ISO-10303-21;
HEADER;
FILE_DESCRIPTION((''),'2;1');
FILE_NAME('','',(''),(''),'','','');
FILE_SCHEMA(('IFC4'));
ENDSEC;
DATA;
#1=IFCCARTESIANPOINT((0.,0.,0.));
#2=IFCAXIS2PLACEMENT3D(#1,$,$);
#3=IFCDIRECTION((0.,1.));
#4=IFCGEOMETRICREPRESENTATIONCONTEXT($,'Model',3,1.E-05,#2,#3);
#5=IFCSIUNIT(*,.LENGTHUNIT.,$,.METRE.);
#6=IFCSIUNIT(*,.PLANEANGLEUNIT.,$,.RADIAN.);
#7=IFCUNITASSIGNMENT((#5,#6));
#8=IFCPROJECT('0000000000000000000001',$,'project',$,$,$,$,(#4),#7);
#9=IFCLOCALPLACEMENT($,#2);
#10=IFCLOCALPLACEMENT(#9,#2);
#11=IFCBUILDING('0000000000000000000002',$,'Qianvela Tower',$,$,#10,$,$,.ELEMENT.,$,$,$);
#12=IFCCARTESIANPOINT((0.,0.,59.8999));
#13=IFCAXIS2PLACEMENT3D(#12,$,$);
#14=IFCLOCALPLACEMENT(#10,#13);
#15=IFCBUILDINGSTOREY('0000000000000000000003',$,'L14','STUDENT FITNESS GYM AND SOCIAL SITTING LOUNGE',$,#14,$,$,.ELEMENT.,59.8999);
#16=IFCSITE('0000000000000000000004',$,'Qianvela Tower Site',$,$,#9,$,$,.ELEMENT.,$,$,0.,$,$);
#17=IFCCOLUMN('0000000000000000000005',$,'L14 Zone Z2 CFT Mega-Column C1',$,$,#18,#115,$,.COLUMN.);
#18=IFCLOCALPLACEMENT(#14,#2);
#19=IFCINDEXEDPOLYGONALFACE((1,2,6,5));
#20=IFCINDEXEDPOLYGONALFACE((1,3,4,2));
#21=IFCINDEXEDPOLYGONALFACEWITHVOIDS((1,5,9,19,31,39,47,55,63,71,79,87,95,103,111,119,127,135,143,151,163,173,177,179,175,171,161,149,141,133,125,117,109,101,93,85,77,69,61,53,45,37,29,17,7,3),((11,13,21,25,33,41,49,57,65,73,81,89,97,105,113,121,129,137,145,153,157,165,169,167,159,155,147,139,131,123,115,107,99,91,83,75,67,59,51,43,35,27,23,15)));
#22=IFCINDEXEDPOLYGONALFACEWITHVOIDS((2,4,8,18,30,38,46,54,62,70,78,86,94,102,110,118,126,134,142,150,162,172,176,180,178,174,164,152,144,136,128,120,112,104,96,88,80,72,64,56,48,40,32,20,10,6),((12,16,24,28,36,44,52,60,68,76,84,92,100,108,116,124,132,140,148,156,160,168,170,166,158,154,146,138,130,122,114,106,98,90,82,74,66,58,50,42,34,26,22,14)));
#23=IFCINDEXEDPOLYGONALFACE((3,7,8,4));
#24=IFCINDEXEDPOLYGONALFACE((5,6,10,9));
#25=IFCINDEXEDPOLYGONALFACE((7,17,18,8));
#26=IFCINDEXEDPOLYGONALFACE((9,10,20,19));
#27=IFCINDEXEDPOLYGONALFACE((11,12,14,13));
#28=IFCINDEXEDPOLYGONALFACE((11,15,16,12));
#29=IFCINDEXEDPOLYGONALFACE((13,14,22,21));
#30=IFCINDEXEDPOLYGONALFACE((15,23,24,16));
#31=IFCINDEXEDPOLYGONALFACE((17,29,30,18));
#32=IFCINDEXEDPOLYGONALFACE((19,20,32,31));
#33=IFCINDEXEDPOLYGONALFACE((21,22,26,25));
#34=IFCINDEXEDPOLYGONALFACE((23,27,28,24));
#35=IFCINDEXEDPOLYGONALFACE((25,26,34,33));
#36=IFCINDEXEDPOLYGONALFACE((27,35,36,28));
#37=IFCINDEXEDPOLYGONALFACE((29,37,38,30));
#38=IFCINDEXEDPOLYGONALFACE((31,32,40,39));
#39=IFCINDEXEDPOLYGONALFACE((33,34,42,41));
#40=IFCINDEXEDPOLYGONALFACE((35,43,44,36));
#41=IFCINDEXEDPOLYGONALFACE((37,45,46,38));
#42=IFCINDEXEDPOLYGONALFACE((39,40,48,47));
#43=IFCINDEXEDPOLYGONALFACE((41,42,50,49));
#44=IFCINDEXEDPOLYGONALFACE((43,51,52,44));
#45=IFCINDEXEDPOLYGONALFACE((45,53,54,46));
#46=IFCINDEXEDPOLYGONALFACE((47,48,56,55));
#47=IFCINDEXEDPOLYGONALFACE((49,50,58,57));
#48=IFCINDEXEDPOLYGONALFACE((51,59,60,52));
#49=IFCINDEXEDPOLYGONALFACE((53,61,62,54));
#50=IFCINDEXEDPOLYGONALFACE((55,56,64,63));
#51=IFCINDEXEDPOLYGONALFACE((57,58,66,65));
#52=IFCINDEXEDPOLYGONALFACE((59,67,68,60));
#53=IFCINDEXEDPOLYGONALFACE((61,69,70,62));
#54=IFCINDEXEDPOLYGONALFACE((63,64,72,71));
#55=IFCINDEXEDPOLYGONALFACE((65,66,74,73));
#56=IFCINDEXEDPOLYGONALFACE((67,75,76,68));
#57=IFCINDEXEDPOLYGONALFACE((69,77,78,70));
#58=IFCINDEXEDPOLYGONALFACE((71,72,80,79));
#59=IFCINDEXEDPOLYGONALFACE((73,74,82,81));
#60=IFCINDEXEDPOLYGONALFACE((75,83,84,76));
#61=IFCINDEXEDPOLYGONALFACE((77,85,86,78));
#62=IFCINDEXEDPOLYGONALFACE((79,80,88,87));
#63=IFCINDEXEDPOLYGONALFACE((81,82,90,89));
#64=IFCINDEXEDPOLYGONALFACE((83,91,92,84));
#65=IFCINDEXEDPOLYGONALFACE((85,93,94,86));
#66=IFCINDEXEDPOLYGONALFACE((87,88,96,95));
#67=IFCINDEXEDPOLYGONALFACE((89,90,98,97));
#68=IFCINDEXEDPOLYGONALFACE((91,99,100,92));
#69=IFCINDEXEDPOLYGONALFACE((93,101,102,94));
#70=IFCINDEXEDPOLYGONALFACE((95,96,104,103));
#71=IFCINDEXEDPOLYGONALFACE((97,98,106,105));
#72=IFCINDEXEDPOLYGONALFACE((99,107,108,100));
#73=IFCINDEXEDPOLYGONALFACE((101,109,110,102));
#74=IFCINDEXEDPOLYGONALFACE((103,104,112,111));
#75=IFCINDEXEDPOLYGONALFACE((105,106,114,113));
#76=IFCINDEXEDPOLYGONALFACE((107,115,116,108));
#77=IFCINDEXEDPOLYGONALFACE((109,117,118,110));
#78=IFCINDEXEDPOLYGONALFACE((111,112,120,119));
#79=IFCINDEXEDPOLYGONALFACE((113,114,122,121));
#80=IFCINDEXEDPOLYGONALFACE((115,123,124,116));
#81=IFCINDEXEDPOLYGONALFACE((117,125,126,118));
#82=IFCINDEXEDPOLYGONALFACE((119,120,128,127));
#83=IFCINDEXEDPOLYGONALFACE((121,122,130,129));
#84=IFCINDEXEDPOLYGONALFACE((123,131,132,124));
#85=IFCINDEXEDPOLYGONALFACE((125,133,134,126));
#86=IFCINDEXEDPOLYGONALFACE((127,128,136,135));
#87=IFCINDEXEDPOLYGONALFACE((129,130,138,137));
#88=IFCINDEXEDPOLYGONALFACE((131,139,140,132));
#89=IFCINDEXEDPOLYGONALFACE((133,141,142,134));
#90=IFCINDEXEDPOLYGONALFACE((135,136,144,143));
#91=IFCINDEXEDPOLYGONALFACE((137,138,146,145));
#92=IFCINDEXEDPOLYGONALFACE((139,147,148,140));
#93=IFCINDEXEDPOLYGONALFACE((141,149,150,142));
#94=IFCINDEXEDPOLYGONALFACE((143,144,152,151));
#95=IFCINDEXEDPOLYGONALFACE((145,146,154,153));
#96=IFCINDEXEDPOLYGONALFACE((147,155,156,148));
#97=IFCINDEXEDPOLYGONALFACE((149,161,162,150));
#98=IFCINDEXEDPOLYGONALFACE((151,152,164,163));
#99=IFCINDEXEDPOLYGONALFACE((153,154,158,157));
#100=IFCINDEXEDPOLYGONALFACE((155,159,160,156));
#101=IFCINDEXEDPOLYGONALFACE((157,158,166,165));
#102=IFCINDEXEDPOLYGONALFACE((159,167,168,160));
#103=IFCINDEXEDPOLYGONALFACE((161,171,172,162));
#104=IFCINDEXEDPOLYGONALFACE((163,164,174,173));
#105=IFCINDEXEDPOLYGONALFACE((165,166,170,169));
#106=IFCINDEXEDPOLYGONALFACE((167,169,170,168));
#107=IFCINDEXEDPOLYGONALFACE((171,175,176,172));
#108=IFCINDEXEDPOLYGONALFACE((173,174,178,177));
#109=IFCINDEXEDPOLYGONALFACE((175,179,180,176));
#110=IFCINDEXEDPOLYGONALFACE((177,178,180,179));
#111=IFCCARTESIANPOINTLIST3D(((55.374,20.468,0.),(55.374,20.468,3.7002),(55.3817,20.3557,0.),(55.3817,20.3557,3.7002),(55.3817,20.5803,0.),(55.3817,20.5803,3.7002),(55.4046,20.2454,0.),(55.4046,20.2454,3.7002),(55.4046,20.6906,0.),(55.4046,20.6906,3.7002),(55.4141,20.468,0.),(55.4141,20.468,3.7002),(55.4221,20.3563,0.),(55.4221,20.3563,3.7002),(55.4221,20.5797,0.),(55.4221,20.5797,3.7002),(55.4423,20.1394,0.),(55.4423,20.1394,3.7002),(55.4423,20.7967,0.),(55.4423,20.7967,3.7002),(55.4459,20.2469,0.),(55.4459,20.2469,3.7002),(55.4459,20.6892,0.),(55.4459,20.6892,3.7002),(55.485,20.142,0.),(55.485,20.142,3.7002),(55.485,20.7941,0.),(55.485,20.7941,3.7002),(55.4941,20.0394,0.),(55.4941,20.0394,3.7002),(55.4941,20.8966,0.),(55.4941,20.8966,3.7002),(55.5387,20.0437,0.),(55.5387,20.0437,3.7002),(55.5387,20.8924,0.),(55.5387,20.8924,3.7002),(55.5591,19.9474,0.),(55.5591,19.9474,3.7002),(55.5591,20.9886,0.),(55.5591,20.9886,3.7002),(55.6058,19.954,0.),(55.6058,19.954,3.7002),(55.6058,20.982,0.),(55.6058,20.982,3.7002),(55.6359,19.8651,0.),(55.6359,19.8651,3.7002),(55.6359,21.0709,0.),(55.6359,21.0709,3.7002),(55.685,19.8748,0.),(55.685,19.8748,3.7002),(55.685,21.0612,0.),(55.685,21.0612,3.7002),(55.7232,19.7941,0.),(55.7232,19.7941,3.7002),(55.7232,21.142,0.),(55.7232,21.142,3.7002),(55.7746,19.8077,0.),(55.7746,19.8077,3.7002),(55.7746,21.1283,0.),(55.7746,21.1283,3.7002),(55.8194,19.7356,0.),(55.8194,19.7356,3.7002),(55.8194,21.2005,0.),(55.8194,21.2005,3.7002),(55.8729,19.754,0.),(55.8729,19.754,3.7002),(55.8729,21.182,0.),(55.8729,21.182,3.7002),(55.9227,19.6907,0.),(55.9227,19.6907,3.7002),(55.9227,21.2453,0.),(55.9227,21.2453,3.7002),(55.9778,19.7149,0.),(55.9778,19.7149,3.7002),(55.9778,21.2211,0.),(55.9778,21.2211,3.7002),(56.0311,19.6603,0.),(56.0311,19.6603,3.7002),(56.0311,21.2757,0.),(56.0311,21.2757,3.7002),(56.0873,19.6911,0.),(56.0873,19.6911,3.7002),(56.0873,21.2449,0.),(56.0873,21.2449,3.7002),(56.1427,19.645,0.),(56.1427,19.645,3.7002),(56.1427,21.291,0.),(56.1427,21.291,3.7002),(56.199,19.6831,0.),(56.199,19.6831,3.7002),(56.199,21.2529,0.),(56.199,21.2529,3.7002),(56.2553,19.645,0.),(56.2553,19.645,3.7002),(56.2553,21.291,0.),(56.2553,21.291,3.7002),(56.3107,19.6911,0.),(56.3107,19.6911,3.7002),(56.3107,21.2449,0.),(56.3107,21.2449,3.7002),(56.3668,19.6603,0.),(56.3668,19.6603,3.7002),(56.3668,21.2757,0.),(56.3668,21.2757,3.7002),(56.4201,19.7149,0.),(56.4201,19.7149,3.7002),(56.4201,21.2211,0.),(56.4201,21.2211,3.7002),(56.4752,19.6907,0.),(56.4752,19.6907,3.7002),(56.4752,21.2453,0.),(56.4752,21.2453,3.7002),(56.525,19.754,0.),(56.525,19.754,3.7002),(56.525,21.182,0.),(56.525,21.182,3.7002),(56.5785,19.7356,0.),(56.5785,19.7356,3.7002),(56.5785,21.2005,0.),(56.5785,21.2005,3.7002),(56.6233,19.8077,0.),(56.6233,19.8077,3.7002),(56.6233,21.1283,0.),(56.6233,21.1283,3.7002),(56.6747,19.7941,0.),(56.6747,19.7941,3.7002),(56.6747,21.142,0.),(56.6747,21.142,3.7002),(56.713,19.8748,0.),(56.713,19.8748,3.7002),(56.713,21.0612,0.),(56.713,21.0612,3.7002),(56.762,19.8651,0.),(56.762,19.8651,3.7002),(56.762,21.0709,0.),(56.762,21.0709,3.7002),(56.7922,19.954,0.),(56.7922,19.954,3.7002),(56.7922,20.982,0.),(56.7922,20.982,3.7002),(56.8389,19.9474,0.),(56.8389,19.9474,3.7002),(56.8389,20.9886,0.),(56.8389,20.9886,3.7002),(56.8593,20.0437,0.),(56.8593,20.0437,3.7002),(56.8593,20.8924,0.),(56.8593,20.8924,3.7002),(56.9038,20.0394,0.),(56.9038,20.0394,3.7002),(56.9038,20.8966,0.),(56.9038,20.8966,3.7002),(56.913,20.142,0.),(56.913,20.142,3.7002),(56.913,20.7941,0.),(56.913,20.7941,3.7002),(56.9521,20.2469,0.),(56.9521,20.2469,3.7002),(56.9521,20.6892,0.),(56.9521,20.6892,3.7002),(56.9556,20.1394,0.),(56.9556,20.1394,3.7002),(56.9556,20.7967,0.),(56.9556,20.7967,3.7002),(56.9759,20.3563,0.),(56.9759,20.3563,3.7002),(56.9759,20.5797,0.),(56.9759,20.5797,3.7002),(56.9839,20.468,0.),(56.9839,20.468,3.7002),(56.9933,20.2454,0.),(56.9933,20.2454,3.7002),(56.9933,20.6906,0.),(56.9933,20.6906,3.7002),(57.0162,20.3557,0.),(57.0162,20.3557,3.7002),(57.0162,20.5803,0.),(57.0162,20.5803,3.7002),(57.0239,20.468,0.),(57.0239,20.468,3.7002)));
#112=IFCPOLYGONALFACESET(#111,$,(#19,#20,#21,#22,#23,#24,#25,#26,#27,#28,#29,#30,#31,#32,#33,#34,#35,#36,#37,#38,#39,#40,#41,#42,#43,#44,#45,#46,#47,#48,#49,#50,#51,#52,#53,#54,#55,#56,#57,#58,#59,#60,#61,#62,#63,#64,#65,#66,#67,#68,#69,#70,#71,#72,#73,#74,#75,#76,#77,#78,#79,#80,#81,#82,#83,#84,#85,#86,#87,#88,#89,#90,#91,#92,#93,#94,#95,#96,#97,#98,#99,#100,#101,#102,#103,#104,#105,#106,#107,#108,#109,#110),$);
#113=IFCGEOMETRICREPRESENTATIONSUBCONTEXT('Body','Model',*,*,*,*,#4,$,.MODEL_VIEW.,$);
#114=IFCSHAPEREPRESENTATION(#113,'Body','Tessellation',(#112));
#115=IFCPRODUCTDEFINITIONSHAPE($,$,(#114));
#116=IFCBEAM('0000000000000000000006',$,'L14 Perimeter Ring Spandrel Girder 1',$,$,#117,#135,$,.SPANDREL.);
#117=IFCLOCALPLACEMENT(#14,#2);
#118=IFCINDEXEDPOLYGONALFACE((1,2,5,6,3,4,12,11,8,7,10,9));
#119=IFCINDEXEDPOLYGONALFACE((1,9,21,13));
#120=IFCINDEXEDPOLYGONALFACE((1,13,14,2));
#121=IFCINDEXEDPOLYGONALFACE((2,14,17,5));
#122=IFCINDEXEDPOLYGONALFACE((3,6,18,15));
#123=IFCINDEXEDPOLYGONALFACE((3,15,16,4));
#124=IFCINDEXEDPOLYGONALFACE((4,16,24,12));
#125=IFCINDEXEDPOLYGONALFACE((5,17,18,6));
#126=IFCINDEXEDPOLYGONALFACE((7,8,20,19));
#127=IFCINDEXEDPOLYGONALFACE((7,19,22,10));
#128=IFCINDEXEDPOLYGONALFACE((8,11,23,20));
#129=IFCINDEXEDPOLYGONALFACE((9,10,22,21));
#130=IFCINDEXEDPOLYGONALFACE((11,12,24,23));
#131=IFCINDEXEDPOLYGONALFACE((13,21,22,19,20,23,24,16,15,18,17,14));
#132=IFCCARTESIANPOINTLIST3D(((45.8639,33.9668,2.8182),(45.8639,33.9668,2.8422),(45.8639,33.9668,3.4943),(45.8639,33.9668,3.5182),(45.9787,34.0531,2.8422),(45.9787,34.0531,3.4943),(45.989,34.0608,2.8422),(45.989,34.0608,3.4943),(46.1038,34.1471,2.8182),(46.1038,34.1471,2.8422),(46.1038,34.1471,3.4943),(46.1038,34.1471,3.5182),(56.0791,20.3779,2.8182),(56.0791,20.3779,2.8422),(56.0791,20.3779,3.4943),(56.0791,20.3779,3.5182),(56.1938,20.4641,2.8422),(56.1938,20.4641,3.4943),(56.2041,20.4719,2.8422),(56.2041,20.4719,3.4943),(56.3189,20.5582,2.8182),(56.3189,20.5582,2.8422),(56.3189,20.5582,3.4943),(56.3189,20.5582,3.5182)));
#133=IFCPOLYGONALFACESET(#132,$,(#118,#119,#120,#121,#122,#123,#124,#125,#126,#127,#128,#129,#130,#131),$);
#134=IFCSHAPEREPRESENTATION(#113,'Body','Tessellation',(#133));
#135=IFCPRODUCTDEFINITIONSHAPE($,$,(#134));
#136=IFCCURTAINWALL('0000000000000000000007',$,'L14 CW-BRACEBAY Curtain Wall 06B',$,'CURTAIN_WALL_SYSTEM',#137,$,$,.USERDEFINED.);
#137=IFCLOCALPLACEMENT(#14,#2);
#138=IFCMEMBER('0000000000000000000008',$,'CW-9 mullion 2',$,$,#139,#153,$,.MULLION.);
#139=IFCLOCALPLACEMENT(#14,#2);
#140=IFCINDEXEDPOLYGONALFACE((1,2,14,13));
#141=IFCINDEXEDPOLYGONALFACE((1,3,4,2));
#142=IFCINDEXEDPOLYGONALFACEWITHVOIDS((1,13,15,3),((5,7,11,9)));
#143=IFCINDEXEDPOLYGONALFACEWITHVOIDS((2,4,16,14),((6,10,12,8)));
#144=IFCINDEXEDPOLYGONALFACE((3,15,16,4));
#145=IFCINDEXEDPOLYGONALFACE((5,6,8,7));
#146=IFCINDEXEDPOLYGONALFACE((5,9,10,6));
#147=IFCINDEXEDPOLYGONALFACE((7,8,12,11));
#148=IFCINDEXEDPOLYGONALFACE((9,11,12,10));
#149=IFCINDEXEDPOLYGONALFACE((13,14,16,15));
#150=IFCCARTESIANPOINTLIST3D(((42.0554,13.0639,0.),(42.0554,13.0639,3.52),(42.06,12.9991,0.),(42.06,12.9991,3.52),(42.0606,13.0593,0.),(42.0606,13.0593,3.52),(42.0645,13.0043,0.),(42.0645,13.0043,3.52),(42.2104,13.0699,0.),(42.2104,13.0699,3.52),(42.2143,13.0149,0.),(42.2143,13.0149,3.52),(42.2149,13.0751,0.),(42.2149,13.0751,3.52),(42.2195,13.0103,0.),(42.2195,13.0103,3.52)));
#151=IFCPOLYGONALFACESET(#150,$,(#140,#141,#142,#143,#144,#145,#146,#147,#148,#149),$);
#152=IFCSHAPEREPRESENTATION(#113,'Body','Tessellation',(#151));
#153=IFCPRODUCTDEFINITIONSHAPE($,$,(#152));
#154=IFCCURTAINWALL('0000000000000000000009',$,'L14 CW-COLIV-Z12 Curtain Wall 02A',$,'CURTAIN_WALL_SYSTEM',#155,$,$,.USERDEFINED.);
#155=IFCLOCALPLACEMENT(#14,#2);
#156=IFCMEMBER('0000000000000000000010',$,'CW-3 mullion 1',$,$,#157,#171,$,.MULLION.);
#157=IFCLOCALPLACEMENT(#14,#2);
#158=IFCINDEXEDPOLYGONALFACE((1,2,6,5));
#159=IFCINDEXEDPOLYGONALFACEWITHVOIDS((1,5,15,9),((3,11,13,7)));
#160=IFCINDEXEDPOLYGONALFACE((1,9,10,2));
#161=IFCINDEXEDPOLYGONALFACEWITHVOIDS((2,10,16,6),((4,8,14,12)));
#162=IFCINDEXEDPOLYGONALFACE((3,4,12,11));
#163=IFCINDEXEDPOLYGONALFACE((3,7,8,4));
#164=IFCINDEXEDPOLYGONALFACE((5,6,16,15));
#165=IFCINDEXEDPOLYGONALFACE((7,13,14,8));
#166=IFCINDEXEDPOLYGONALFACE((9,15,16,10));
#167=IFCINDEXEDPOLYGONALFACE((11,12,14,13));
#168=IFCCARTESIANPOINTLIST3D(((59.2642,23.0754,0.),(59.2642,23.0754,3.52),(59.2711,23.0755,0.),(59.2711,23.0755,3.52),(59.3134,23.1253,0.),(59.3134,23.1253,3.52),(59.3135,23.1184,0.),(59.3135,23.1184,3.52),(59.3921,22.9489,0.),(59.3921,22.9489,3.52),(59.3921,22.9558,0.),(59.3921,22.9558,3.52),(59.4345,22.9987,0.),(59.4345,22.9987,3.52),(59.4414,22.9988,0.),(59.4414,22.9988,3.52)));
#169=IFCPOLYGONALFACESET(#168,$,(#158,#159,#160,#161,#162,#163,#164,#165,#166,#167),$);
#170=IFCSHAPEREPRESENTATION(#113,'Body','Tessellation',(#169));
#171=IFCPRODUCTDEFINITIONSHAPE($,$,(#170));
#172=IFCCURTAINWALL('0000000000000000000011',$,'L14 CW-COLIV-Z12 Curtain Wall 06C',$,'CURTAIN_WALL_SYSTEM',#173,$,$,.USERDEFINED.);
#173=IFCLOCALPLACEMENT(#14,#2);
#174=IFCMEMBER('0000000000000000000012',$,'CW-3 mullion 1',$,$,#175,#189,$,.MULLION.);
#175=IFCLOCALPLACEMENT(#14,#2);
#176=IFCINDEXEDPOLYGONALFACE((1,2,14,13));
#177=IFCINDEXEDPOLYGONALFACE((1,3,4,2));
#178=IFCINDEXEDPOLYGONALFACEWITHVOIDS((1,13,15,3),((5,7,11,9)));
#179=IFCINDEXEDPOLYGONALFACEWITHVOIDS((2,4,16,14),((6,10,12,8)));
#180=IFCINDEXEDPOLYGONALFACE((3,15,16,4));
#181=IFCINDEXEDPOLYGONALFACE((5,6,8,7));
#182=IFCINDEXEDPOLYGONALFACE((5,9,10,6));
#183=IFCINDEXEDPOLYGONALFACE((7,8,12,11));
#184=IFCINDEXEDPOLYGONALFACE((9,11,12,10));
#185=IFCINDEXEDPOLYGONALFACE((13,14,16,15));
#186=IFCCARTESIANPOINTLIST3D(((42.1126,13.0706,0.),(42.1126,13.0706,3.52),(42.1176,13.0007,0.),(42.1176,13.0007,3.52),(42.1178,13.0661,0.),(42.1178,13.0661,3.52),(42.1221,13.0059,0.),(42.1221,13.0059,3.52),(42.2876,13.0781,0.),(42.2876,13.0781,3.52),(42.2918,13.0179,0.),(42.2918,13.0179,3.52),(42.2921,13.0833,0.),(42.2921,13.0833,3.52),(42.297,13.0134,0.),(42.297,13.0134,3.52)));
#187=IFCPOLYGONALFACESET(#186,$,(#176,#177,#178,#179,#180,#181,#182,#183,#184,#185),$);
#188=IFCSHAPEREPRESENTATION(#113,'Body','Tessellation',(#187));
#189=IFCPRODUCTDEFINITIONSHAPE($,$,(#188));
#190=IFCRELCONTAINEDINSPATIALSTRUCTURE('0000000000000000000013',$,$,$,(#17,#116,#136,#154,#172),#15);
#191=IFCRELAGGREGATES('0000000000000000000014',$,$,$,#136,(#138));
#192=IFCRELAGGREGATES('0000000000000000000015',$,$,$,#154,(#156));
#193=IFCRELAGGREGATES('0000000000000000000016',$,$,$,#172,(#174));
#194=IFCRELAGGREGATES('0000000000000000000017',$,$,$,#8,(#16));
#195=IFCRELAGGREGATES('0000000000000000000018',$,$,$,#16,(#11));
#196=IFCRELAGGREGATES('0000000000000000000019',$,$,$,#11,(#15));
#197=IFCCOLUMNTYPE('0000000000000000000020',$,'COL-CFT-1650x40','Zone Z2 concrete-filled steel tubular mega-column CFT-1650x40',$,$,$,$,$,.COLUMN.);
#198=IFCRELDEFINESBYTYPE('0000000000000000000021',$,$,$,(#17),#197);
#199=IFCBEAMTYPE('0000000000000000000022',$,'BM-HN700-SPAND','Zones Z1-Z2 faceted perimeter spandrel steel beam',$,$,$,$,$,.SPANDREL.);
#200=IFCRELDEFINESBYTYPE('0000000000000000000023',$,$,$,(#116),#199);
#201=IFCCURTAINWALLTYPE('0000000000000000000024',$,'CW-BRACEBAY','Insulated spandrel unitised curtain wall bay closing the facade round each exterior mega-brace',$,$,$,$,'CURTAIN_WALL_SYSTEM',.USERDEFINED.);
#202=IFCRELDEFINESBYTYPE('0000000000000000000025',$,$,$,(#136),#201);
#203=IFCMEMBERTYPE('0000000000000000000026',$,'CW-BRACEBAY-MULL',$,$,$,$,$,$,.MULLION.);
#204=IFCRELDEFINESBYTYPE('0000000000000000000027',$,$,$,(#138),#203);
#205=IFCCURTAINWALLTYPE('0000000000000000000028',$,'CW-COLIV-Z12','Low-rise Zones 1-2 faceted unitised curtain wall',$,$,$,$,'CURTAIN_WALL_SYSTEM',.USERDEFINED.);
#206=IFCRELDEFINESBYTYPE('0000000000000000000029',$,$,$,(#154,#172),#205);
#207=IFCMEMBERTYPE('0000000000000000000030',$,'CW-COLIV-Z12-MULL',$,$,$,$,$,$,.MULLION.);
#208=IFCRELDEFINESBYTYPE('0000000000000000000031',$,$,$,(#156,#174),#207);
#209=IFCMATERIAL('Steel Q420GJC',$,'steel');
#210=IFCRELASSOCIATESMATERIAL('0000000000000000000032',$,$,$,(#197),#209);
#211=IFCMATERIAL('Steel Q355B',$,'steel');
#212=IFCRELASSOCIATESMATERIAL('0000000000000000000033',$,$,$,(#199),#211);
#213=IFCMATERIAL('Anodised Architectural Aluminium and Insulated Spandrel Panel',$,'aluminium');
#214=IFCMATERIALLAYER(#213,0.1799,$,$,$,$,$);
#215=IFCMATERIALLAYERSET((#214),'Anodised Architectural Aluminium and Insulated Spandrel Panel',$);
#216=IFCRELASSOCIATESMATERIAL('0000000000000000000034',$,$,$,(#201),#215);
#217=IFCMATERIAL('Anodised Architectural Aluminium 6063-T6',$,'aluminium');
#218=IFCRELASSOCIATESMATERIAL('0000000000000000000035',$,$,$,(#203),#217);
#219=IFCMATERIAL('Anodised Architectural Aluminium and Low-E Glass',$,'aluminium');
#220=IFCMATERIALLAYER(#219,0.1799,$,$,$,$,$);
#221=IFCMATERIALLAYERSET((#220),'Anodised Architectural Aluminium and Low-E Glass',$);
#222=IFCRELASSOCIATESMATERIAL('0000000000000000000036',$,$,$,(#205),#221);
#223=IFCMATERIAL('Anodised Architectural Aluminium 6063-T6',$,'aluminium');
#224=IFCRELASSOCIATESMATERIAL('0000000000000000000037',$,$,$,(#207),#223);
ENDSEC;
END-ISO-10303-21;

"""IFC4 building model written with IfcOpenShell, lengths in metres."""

from ifc_helpers import new_model, si_unit, direction, frame, origin, origin_2d, place, context, subcontext, project, spatial, hollow_rectangle, hollow_circle, i_section, extrude, material, layer, layer_set, material_profile, profile_set, type_object, element, aggregate, save


model = new_model("IFC4")

# Units and contexts
model_context = context("Model", 3, precision=1e-05, world=origin(), true_north=direction((0.0, 1.0)))
body_context = subcontext(model_context, "Body", "Model", "MODEL_VIEW")
ifc_project = project(units=[si_unit("LENGTHUNIT", "METRE"), si_unit("PLANEANGLEUNIT", "RADIAN")], contexts=[model_context])

# Site, building, storey
site_placement = place(None, origin())
site = spatial("IfcSite", under=ifc_project, at=site_placement, Name="Qianvela Tower Site", CompositionType="ELEMENT", RefElevation=0.0)
building_placement = place(site_placement, origin())
building = spatial("IfcBuilding", under=site, at=building_placement, Name="Qianvela Tower", CompositionType="ELEMENT")
storey_placement = place(building_placement, frame((0.0, 0.0, 59.8999)))
storey = spatial("IfcBuildingStorey", under=building, at=storey_placement, Name="L14", Description="STUDENT FITNESS GYM AND SOCIAL SITTING LOUNGE", CompositionType="ELEMENT", Elevation=59.8999)

# Column
ifc_material_1 = material(Name="Steel Q420GJC", Category="steel")
ifc_material_profile_1 = material_profile(ifc_material_1, hollow_circle(Radius=0.825, WallThickness=0.04, at=origin_2d()), Name="CFT-1650x40")
ifc_profile_set_1 = profile_set([ifc_material_profile_1], Name="Steel Q420GJC")
column_type = type_object("IfcColumnType", Name="COL-CFT-1650x40", Description="Zone Z2 concrete-filled steel tubular mega-column CFT-1650x40", PredefinedType="COLUMN", material=ifc_profile_set_1)
column_placement = place(storey_placement, frame((56.199, 20.468, 0.0), z_axis=(0.0, 0.0, 1.0), x_axis=(1.0, 0.0, 0.0)))
element("IfcColumn", 1, at=column_placement, inside=storey, type_object=column_type, Name="L14 Zone Z2 CFT Mega-Column C1", PredefinedType="COLUMN", context=body_context, shape_type="SweptSolid", body=[
    extrude(hollow_circle(Radius=0.825, WallThickness=0.04, at=origin_2d()), origin(), (0.0, 0.0, 1.0), 3.7002),
])

# Beam
ifc_material_2 = material(Name="Steel Q355B", Category="steel")
ifc_material_profile_2 = material_profile(ifc_material_2, i_section(OverallWidth=0.3, OverallDepth=0.7, WebThickness=0.0129, FlangeThickness=0.0239, at=origin_2d()), Name="HN700x300x13x24")
ifc_profile_set_2 = profile_set([ifc_material_profile_2], Name="Steel Q355B")
beam_type = type_object("IfcBeamType", Name="BM-HN700-SPAND", Description="Zones Z1-Z2 faceted perimeter spandrel steel beam", PredefinedType="SPANDREL", material=ifc_profile_set_2)
beam_placement = place(storey_placement, frame((56.199, 20.468, 3.1682), z_axis=(-0.600882, 0.799338, 0.0), x_axis=(-0.799338, -0.600882, 0.0)))
element("IfcBeam", 2, at=beam_placement, inside=storey, type_object=beam_type, Name="L14 Perimeter Ring Spandrel Girder 1", PredefinedType="SPANDREL", context=body_context, shape_type="SweptSolid", body=[
    extrude(i_section(OverallWidth=0.3, OverallDepth=0.7, WebThickness=0.0129, FlangeThickness=0.0239, at=origin_2d()), origin(), (0.0, 0.0, 1.0), 17.0002),
])

# Curtain walls, members
ifc_material_3 = material(Name="Anodised Architectural Aluminium and Insulated Spandrel Panel", Category="aluminium")
ifc_layer_1 = layer(ifc_material_3, 0.1799)
ifc_layer_set_1 = layer_set([ifc_layer_1], Name="Anodised Architectural Aluminium and Insulated Spandrel Panel")
curtain_wall_type_1 = type_object("IfcCurtainWallType", Name="CW-BRACEBAY", Description="Insulated spandrel unitised curtain wall bay closing the facade round each exterior mega-brace", ElementType="CURTAIN_WALL_SYSTEM", PredefinedType="USERDEFINED", material=ifc_layer_set_1)
curtain_wall_1_placement = place(storey_placement, origin())
curtain_wall_1 = element("IfcCurtainWall", 3, at=curtain_wall_1_placement, inside=storey, type_object=curtain_wall_type_1, Name="L14 CW-BRACEBAY Curtain Wall 06B", ObjectType="CURTAIN_WALL_SYSTEM", PredefinedType="USERDEFINED")
ifc_material_4 = material(Name="Anodised Architectural Aluminium 6063-T6", Category="aluminium")
ifc_material_profile_3 = material_profile(ifc_material_4, hollow_rectangle(XDim=0.0649, YDim=0.1599, WallThickness=0.0049, at=origin_2d()), Name="ALU-MULL-65x160")
ifc_profile_set_3 = profile_set([ifc_material_profile_3], Name="Anodised Architectural Aluminium 6063-T6")
member_type_1 = type_object("IfcMemberType", Name="CW-BRACEBAY-MULL", PredefinedType="MULLION", material=ifc_profile_set_3)
member_1_placement = place(storey_placement, frame((42.1375, 13.0371, 0.0), z_axis=(0.0, 0.0, 1.0), x_axis=(-0.070338, 0.997523, 0.0)))
member_1 = element("IfcMember", 4, at=member_1_placement, type_object=member_type_1, Name="CW-9 mullion 2", PredefinedType="MULLION", context=body_context, shape_type="SweptSolid", body=[
    extrude(hollow_rectangle(XDim=0.0649, YDim=0.1599, WallThickness=0.0049, at=origin_2d()), origin(), (0.0, 0.0, 1.0), 3.52),
])
aggregate(curtain_wall_1, [member_1])
ifc_material_5 = material(Name="Anodised Architectural Aluminium and Low-E Glass", Category="aluminium")
ifc_layer_2 = layer(ifc_material_5, 0.1799)
ifc_layer_set_2 = layer_set([ifc_layer_2], Name="Anodised Architectural Aluminium and Low-E Glass")
curtain_wall_type_2 = type_object("IfcCurtainWallType", Name="CW-COLIV-Z12", Description="Low-rise Zones 1-2 faceted unitised curtain wall", ElementType="CURTAIN_WALL_SYSTEM", PredefinedType="USERDEFINED", material=ifc_layer_set_2)
curtain_wall_2_placement = place(storey_placement, origin())
curtain_wall_2 = element("IfcCurtainWall", 5, at=curtain_wall_2_placement, inside=storey, type_object=curtain_wall_type_2, Name="L14 CW-COLIV-Z12 Curtain Wall 02A", ObjectType="CURTAIN_WALL_SYSTEM", PredefinedType="USERDEFINED")
ifc_material_6 = material(Name="Anodised Architectural Aluminium 6063-T6", Category="aluminium")
ifc_material_profile_4 = material_profile(ifc_material_6, hollow_rectangle(XDim=0.0701, YDim=0.1799, WallThickness=0.0049, at=origin_2d()), Name="ALU-MULL-70x180")
ifc_profile_set_4 = profile_set([ifc_material_profile_4], Name="Anodised Architectural Aluminium 6063-T6")
member_type_2 = type_object("IfcMemberType", Name="CW-COLIV-Z12-MULL", PredefinedType="MULLION", material=ifc_profile_set_4)
member_2_placement = place(storey_placement, frame((59.3528, 23.0371, 0.0), z_axis=(0.0, 0.0, 1.0), x_axis=(-0.703061, -0.71113, 0.0)))
member_2 = element("IfcMember", 6, at=member_2_placement, type_object=member_type_2, Name="CW-3 mullion 1", PredefinedType="MULLION", context=body_context, shape_type="SweptSolid", body=[
    extrude(hollow_rectangle(XDim=0.0701, YDim=0.1799, WallThickness=0.0049, at=origin_2d()), origin(), (0.0, 0.0, 1.0), 3.52),
])

# Curtain wall, member
curtain_wall_3_placement = place(storey_placement, origin())
curtain_wall_3 = element("IfcCurtainWall", 7, at=curtain_wall_3_placement, inside=storey, type_object=curtain_wall_type_2, Name="L14 CW-COLIV-Z12 Curtain Wall 06C", ObjectType="CURTAIN_WALL_SYSTEM", PredefinedType="USERDEFINED")
member_3_placement = place(storey_placement, frame((42.2048, 13.042, 0.0), z_axis=(0.0, 0.0, 1.0), x_axis=(-0.070334, 0.997524, 0.0)))
member_3 = element("IfcMember", 8, at=member_3_placement, type_object=member_type_2, Name="CW-3 mullion 1", PredefinedType="MULLION", context=body_context, shape_type="SweptSolid", body=[
    extrude(hollow_rectangle(XDim=0.0701, YDim=0.1799, WallThickness=0.0049, at=origin_2d()), origin(), (0.0, 0.0, 1.0), 3.52),
])

aggregate(curtain_wall_2, [member_2])
aggregate(curtain_wall_3, [member_3])

save(model, "model.ifc")
